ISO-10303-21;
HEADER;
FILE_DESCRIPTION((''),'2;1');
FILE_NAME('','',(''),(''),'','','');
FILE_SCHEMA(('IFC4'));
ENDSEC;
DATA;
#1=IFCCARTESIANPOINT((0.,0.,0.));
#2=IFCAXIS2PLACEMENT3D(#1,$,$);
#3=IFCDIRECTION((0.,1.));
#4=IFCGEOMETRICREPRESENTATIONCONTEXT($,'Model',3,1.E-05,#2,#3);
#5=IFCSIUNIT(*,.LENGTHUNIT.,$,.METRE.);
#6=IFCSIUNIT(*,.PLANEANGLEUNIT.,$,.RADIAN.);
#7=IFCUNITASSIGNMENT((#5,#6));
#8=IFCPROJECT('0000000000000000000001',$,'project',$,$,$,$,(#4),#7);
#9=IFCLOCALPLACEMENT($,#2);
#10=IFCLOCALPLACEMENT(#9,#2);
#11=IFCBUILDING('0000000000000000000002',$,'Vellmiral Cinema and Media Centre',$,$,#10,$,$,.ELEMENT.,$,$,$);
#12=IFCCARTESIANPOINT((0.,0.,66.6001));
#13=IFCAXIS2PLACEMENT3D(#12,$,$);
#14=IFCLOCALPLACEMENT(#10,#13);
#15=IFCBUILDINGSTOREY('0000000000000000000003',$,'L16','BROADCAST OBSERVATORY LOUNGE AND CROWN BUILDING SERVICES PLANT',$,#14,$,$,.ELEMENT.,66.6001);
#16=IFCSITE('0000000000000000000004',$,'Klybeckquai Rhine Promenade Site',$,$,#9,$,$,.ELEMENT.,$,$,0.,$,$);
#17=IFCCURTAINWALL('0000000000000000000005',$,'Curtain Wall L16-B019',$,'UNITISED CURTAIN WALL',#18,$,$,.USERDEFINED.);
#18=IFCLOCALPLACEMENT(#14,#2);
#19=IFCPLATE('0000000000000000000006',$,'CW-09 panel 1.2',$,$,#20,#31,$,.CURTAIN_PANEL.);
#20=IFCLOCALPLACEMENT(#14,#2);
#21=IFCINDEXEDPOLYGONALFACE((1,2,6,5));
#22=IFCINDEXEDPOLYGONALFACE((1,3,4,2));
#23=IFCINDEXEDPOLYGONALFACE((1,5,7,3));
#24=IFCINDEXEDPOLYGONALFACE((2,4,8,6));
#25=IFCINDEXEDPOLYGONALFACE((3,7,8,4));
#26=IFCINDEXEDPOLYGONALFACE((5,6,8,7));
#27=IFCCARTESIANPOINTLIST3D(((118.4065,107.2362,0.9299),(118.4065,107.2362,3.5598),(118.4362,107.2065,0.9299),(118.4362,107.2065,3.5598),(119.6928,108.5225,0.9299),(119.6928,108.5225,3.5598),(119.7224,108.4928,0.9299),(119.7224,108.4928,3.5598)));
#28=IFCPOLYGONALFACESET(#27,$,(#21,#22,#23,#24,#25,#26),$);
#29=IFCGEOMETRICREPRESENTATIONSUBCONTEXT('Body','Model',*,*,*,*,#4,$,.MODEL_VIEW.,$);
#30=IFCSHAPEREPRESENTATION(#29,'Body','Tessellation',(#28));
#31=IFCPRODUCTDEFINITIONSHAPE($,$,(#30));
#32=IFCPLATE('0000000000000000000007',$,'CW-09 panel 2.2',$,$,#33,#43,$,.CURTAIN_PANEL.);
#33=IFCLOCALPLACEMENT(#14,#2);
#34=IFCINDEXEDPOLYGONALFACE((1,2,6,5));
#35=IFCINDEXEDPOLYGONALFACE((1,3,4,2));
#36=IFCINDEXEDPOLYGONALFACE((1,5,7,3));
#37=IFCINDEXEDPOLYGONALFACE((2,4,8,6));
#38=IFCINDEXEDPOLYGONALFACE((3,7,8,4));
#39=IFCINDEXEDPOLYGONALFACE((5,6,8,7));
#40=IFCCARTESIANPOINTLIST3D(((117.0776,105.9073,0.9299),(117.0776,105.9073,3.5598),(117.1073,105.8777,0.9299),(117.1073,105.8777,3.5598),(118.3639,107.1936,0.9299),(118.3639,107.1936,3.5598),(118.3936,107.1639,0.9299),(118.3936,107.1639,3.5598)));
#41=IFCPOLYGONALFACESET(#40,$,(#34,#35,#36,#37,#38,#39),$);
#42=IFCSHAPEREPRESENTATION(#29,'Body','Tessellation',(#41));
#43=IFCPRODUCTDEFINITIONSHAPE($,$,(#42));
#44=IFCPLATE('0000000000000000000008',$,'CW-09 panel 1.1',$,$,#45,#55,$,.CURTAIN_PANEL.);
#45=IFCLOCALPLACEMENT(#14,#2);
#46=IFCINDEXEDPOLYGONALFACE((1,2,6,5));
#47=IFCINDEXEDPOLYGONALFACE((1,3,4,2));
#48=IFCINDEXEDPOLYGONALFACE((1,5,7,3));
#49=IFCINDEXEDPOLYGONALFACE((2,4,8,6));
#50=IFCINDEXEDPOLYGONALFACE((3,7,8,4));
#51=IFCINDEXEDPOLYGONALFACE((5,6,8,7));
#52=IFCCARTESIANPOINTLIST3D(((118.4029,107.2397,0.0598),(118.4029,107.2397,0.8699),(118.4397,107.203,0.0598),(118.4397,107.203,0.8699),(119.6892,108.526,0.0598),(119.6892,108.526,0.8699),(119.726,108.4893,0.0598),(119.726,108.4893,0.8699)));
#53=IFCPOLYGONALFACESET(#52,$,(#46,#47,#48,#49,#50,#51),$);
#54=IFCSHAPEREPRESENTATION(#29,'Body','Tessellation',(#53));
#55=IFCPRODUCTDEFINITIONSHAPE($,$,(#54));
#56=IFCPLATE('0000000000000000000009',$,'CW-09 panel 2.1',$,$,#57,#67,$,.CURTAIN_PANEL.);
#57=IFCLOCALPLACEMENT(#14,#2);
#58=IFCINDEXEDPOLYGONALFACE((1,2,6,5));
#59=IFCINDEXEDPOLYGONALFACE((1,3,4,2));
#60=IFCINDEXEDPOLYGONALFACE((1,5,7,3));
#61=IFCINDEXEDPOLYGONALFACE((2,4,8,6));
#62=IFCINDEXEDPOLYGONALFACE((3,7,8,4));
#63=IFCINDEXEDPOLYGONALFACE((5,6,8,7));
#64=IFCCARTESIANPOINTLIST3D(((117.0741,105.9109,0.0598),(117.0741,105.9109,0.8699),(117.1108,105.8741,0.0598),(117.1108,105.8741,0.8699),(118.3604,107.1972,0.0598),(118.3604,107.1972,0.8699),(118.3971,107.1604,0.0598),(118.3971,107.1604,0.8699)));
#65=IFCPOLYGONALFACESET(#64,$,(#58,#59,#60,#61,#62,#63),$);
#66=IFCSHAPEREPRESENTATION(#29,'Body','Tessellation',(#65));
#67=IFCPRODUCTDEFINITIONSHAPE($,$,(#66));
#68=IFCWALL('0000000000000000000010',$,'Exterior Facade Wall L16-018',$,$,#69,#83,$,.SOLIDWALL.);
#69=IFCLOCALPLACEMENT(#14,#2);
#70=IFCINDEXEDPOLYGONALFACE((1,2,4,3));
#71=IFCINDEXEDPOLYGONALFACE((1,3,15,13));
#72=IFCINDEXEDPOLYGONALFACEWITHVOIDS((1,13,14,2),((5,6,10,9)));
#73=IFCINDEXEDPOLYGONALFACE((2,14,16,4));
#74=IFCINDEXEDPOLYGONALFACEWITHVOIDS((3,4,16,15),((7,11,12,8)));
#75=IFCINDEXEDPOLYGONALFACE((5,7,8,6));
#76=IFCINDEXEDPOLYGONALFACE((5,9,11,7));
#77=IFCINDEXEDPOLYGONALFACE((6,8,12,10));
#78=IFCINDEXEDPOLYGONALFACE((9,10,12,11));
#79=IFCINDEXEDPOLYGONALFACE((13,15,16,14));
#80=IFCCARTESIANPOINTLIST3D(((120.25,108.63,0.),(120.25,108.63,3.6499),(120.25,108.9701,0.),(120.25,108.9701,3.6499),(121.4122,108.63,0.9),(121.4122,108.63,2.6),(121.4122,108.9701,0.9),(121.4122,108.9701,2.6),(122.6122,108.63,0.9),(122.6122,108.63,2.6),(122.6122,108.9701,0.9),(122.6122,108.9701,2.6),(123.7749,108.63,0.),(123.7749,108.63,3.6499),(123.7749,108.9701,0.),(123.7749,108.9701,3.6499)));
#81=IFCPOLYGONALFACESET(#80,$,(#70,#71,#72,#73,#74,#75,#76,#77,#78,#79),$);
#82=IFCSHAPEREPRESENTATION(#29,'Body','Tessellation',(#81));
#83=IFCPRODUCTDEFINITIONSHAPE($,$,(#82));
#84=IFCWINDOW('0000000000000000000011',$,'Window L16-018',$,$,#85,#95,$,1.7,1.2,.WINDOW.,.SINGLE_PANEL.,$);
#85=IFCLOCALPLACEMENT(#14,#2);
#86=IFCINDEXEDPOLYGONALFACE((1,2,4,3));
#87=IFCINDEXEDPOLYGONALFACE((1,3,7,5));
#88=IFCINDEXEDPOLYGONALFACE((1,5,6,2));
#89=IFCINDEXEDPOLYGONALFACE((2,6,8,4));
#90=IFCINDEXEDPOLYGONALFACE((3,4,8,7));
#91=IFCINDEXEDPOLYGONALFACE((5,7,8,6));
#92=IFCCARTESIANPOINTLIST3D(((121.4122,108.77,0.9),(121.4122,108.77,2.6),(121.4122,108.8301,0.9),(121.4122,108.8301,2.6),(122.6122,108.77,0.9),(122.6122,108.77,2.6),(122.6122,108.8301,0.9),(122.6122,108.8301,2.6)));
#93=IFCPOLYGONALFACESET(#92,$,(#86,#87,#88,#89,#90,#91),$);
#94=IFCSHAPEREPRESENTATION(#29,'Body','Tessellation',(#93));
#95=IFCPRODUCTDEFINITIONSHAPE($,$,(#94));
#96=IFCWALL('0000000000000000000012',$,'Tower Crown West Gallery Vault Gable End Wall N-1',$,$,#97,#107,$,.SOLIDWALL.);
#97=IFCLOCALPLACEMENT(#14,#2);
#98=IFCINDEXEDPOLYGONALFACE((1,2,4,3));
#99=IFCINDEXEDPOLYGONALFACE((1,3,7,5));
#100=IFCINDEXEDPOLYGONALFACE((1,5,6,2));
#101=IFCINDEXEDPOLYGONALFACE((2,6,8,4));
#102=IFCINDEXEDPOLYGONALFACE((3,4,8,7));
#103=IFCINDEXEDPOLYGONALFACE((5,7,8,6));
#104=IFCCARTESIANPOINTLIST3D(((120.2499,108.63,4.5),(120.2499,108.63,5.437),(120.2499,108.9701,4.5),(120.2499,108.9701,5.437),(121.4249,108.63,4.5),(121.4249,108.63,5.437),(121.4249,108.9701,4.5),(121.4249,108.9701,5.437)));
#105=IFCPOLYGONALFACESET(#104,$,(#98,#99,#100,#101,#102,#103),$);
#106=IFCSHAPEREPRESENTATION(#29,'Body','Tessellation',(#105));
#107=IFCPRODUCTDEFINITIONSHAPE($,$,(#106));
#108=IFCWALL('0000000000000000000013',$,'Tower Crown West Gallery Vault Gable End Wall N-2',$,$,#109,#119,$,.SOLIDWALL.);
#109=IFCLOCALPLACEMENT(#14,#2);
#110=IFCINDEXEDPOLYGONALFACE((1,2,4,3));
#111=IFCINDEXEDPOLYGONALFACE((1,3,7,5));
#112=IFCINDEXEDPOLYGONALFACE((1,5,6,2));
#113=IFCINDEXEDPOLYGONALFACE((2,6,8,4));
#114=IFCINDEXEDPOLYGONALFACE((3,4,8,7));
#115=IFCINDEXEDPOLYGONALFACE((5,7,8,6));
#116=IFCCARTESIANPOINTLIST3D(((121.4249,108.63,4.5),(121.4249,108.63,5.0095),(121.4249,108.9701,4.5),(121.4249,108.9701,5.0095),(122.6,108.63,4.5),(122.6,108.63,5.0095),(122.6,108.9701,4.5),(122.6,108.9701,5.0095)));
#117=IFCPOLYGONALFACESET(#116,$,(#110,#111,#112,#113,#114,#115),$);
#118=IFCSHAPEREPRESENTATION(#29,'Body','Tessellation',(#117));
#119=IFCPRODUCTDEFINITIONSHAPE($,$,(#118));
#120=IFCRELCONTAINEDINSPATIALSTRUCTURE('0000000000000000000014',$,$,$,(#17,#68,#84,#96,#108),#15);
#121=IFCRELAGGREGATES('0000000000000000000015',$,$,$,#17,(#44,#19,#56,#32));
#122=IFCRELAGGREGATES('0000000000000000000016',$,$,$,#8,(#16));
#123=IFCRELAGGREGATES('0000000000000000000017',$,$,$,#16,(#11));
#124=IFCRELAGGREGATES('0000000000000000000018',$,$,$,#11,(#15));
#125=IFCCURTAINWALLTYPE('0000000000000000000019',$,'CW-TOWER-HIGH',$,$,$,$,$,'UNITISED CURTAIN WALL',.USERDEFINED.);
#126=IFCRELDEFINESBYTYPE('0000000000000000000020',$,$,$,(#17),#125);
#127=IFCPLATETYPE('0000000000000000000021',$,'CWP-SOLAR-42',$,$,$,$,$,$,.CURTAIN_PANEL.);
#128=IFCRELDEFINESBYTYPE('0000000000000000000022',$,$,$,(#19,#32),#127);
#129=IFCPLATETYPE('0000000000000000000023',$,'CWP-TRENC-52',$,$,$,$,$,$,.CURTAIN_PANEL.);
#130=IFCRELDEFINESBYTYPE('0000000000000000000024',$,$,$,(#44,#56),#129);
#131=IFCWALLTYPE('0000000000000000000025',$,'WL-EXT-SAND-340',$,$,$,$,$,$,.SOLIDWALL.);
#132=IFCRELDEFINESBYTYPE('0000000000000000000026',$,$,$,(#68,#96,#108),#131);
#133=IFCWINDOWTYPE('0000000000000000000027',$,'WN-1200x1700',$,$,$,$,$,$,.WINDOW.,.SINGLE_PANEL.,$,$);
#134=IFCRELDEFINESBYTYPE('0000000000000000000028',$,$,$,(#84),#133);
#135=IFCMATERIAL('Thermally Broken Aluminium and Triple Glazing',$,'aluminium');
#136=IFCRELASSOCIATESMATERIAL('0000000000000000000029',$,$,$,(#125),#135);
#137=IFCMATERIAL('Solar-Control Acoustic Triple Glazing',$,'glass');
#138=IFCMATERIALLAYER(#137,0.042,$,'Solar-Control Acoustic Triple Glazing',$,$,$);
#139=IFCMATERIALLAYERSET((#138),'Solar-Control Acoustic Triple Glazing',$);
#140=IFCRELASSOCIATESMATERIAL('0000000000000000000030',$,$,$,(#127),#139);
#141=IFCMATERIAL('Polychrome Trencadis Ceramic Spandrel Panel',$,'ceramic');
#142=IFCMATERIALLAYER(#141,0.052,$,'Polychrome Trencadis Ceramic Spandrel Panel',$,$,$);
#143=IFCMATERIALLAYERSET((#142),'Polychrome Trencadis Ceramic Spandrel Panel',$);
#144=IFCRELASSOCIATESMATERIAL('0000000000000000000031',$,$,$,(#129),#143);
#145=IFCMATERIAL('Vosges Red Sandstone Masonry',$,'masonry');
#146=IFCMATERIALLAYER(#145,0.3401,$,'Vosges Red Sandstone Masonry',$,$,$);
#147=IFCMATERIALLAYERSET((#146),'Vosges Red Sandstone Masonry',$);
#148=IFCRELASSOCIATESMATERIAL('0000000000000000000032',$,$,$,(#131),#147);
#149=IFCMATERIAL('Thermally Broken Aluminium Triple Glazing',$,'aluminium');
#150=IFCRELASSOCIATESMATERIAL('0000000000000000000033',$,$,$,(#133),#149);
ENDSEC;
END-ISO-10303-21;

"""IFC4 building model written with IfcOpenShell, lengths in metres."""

from ifc_helpers import new_model, si_unit, direction, frame, frame_2d, origin, origin_2d, place, context, subcontext, project, spatial, rectangle, extrude, material, layer, layer_set, type_object, element, fill, aggregate, save


model = new_model("IFC4")

# Units and contexts
model_context = context("Model", 3, precision=1e-05, world=origin(), true_north=direction((0.0, 1.0)))
body_context = subcontext(model_context, "Body", "Model", "MODEL_VIEW")
ifc_project = project(units=[si_unit("LENGTHUNIT", "METRE"), si_unit("PLANEANGLEUNIT", "RADIAN")], contexts=[model_context])

# Site, building, storey
site_placement = place(None, origin())
site = spatial("IfcSite", under=ifc_project, at=site_placement, Name="Klybeckquai Rhine Promenade Site", CompositionType="ELEMENT", RefElevation=0.0)
building_placement = place(site_placement, origin())
building = spatial("IfcBuilding", under=site, at=building_placement, Name="Vellmiral Cinema and Media Centre", CompositionType="ELEMENT")
storey_placement = place(building_placement, frame((0.0, 0.0, 66.6001)))
storey = spatial("IfcBuildingStorey", under=building, at=storey_placement, Name="L16", Description="BROADCAST OBSERVATORY LOUNGE AND CROWN BUILDING SERVICES PLANT", CompositionType="ELEMENT", Elevation=66.6001)

# Curtain wall
ifc_material_1 = material(Name="Thermally Broken Aluminium and Triple Glazing", Category="aluminium")
curtain_wall_type = type_object("IfcCurtainWallType", Name="CW-TOWER-HIGH", ElementType="UNITISED CURTAIN WALL", PredefinedType="USERDEFINED", material=ifc_material_1)
curtain_wall_placement = place(storey_placement, origin())
curtain_wall = element("IfcCurtainWall", 1, at=curtain_wall_placement, inside=storey, type_object=curtain_wall_type, Name="Curtain Wall L16-B019", ObjectType="UNITISED CURTAIN WALL", PredefinedType="USERDEFINED")

# Plates
ifc_material_2 = material(Name="Solar-Control Acoustic Triple Glazing", Category="glass")
ifc_layer_1 = layer(ifc_material_2, 0.042, Name="Solar-Control Acoustic Triple Glazing")
ifc_layer_set_1 = layer_set([ifc_layer_1], Name="Solar-Control Acoustic Triple Glazing")
plate_type_1 = type_object("IfcPlateType", Name="CWP-SOLAR-42", PredefinedType="CURTAIN_PANEL", material=ifc_layer_set_1)
plate_1_placement = place(storey_placement, frame((119.0645, 107.8645, 0.9299), z_axis=(0.0, 0.0, 1.0), x_axis=(-0.707107, -0.707107, 0.0)))
plate_1 = element("IfcPlate", 2, at=plate_1_placement, type_object=plate_type_1, Name="CW-09 panel 1.2", PredefinedType="CURTAIN_PANEL", context=body_context, shape_type="SweptSolid", body=[
    extrude(rectangle(XDim=1.8191, YDim=0.042, at=origin_2d()), origin(), (0.0, 0.0, 1.0), 2.6299),
])
plate_2_placement = place(storey_placement, frame((117.7356, 106.5356, 0.9299), z_axis=(0.0, 0.0, 1.0), x_axis=(-0.707107, -0.707107, 0.0)))
plate_2 = element("IfcPlate", 3, at=plate_2_placement, type_object=plate_type_1, Name="CW-09 panel 2.2", PredefinedType="CURTAIN_PANEL", context=body_context, shape_type="SweptSolid", body=[
    extrude(rectangle(XDim=1.8191, YDim=0.042, at=origin_2d()), origin(), (0.0, 0.0, 1.0), 2.6299),
])
ifc_material_3 = material(Name="Polychrome Trencadis Ceramic Spandrel Panel", Category="ceramic")
ifc_layer_2 = layer(ifc_material_3, 0.052, Name="Polychrome Trencadis Ceramic Spandrel Panel")
ifc_layer_set_2 = layer_set([ifc_layer_2], Name="Polychrome Trencadis Ceramic Spandrel Panel")
plate_type_2 = type_object("IfcPlateType", Name="CWP-TRENC-52", PredefinedType="CURTAIN_PANEL", material=ifc_layer_set_2)
plate_3_placement = place(storey_placement, frame((119.0645, 107.8645, 0.0598), z_axis=(0.0, 0.0, 1.0), x_axis=(-0.707107, -0.707107, 0.0)))
plate_3 = element("IfcPlate", 4, at=plate_3_placement, type_object=plate_type_2, Name="CW-09 panel 1.1", PredefinedType="CURTAIN_PANEL", context=body_context, shape_type="SweptSolid", body=[
    extrude(rectangle(XDim=1.8191, YDim=0.052, at=origin_2d()), origin(), (0.0, 0.0, 1.0), 0.8101),
])
plate_4_placement = place(storey_placement, frame((117.7356, 106.5356, 0.0598), z_axis=(0.0, 0.0, 1.0), x_axis=(-0.707107, -0.707107, 0.0)))
plate_4 = element("IfcPlate", 5, at=plate_4_placement, type_object=plate_type_2, Name="CW-09 panel 2.1", PredefinedType="CURTAIN_PANEL", context=body_context, shape_type="SweptSolid", body=[
    extrude(rectangle(XDim=1.8191, YDim=0.052, at=origin_2d()), origin(), (0.0, 0.0, 1.0), 0.8101),
])
aggregate(curtain_wall, [plate_3, plate_1, plate_4, plate_2])

# Wall, opening, window
ifc_material_4 = material(Name="Vosges Red Sandstone Masonry", Category="masonry")
ifc_layer_3 = layer(ifc_material_4, 0.3401, Name="Vosges Red Sandstone Masonry")
ifc_layer_set_3 = layer_set([ifc_layer_3], Name="Vosges Red Sandstone Masonry")
wall_type = type_object("IfcWallType", Name="WL-EXT-SAND-340", PredefinedType="SOLIDWALL", material=ifc_layer_set_3)
wall_1_placement = place(storey_placement, frame((123.7749, 108.8, 0.0), z_axis=(0.0, 0.0, 1.0), x_axis=(-1.0, 0.0, 0.0)))
wall_1 = element("IfcWall", 6, at=wall_1_placement, inside=storey, type_object=wall_type, Name="Exterior Facade Wall L16-018", PredefinedType="SOLIDWALL", context=body_context, shape_type="SweptSolid", body=[
    extrude(rectangle(XDim=3.5249, YDim=0.3401, at=frame_2d((1.7625, 0.0))), origin(), (0.0, 0.0, 1.0), 3.6499),
])
opening_placement = place(wall_1_placement, frame((1.1626, 0.0, 0.8999)))
opening = element("IfcOpeningElement", 7, at=opening_placement, cuts=wall_1, PredefinedType="OPENING", context=body_context, shape_type="SweptSolid", body=[
    extrude(rectangle(XDim=1.2, YDim=1.7, at=frame_2d((0.6001, 0.8501))), frame((0.0, 0.1821, 0.0), z_axis=(0.0, -1.0, 0.0), x_axis=(1.0, 0.0, 0.0)), (0.0, 0.0, 1.0), 0.364),
])
ifc_material_5 = material(Name="Thermally Broken Aluminium Triple Glazing", Category="aluminium")
window_type = type_object("IfcWindowType", Name="WN-1200x1700", PartitioningType="SINGLE_PANEL", PredefinedType="WINDOW", material=ifc_material_5)
window_placement = place(opening_placement, origin())
window = element("IfcWindow", 8, at=window_placement, inside=storey, type_object=window_type, Name="Window L16-018", OverallHeight=1.7, OverallWidth=1.2, PartitioningType="SINGLE_PANEL", PredefinedType="WINDOW", context=body_context, shape_type="SweptSolid", body=[
    extrude(rectangle(XDim=1.2, YDim=1.7, at=frame_2d((0.6001, 0.8501))), frame((0.0, 0.03, 0.0), z_axis=(0.0, -1.0, 0.0), x_axis=(1.0, 0.0, 0.0)), (0.0, 0.0, 1.0), 0.0601),
])
fill(opening, window)

# Walls
wall_2_placement = place(storey_placement, frame((120.25, 108.8, 4.5), z_axis=(0.0, 0.0, 1.0), x_axis=(1.0, 0.0, 0.0)))
element("IfcWall", 9, at=wall_2_placement, inside=storey, type_object=wall_type, Name="Tower Crown West Gallery Vault Gable End Wall N-1", PredefinedType="SOLIDWALL", context=body_context, shape_type="SweptSolid", body=[
    extrude(rectangle(XDim=1.175, YDim=0.3401, at=frame_2d((0.5874, 0.0))), origin(), (0.0, 0.0, 1.0), 0.937),
])
wall_3_placement = place(storey_placement, frame((121.425, 108.8, 4.5), z_axis=(0.0, 0.0, 1.0), x_axis=(1.0, 0.0, 0.0)))
element("IfcWall", 10, at=wall_3_placement, inside=storey, type_object=wall_type, Name="Tower Crown West Gallery Vault Gable End Wall N-2", PredefinedType="SOLIDWALL", context=body_context, shape_type="SweptSolid", body=[
    extrude(rectangle(XDim=1.175, YDim=0.3401, at=frame_2d((0.5874, 0.0))), origin(), (0.0, 0.0, 1.0), 0.5095),
])

save(model, "model.ifc")
